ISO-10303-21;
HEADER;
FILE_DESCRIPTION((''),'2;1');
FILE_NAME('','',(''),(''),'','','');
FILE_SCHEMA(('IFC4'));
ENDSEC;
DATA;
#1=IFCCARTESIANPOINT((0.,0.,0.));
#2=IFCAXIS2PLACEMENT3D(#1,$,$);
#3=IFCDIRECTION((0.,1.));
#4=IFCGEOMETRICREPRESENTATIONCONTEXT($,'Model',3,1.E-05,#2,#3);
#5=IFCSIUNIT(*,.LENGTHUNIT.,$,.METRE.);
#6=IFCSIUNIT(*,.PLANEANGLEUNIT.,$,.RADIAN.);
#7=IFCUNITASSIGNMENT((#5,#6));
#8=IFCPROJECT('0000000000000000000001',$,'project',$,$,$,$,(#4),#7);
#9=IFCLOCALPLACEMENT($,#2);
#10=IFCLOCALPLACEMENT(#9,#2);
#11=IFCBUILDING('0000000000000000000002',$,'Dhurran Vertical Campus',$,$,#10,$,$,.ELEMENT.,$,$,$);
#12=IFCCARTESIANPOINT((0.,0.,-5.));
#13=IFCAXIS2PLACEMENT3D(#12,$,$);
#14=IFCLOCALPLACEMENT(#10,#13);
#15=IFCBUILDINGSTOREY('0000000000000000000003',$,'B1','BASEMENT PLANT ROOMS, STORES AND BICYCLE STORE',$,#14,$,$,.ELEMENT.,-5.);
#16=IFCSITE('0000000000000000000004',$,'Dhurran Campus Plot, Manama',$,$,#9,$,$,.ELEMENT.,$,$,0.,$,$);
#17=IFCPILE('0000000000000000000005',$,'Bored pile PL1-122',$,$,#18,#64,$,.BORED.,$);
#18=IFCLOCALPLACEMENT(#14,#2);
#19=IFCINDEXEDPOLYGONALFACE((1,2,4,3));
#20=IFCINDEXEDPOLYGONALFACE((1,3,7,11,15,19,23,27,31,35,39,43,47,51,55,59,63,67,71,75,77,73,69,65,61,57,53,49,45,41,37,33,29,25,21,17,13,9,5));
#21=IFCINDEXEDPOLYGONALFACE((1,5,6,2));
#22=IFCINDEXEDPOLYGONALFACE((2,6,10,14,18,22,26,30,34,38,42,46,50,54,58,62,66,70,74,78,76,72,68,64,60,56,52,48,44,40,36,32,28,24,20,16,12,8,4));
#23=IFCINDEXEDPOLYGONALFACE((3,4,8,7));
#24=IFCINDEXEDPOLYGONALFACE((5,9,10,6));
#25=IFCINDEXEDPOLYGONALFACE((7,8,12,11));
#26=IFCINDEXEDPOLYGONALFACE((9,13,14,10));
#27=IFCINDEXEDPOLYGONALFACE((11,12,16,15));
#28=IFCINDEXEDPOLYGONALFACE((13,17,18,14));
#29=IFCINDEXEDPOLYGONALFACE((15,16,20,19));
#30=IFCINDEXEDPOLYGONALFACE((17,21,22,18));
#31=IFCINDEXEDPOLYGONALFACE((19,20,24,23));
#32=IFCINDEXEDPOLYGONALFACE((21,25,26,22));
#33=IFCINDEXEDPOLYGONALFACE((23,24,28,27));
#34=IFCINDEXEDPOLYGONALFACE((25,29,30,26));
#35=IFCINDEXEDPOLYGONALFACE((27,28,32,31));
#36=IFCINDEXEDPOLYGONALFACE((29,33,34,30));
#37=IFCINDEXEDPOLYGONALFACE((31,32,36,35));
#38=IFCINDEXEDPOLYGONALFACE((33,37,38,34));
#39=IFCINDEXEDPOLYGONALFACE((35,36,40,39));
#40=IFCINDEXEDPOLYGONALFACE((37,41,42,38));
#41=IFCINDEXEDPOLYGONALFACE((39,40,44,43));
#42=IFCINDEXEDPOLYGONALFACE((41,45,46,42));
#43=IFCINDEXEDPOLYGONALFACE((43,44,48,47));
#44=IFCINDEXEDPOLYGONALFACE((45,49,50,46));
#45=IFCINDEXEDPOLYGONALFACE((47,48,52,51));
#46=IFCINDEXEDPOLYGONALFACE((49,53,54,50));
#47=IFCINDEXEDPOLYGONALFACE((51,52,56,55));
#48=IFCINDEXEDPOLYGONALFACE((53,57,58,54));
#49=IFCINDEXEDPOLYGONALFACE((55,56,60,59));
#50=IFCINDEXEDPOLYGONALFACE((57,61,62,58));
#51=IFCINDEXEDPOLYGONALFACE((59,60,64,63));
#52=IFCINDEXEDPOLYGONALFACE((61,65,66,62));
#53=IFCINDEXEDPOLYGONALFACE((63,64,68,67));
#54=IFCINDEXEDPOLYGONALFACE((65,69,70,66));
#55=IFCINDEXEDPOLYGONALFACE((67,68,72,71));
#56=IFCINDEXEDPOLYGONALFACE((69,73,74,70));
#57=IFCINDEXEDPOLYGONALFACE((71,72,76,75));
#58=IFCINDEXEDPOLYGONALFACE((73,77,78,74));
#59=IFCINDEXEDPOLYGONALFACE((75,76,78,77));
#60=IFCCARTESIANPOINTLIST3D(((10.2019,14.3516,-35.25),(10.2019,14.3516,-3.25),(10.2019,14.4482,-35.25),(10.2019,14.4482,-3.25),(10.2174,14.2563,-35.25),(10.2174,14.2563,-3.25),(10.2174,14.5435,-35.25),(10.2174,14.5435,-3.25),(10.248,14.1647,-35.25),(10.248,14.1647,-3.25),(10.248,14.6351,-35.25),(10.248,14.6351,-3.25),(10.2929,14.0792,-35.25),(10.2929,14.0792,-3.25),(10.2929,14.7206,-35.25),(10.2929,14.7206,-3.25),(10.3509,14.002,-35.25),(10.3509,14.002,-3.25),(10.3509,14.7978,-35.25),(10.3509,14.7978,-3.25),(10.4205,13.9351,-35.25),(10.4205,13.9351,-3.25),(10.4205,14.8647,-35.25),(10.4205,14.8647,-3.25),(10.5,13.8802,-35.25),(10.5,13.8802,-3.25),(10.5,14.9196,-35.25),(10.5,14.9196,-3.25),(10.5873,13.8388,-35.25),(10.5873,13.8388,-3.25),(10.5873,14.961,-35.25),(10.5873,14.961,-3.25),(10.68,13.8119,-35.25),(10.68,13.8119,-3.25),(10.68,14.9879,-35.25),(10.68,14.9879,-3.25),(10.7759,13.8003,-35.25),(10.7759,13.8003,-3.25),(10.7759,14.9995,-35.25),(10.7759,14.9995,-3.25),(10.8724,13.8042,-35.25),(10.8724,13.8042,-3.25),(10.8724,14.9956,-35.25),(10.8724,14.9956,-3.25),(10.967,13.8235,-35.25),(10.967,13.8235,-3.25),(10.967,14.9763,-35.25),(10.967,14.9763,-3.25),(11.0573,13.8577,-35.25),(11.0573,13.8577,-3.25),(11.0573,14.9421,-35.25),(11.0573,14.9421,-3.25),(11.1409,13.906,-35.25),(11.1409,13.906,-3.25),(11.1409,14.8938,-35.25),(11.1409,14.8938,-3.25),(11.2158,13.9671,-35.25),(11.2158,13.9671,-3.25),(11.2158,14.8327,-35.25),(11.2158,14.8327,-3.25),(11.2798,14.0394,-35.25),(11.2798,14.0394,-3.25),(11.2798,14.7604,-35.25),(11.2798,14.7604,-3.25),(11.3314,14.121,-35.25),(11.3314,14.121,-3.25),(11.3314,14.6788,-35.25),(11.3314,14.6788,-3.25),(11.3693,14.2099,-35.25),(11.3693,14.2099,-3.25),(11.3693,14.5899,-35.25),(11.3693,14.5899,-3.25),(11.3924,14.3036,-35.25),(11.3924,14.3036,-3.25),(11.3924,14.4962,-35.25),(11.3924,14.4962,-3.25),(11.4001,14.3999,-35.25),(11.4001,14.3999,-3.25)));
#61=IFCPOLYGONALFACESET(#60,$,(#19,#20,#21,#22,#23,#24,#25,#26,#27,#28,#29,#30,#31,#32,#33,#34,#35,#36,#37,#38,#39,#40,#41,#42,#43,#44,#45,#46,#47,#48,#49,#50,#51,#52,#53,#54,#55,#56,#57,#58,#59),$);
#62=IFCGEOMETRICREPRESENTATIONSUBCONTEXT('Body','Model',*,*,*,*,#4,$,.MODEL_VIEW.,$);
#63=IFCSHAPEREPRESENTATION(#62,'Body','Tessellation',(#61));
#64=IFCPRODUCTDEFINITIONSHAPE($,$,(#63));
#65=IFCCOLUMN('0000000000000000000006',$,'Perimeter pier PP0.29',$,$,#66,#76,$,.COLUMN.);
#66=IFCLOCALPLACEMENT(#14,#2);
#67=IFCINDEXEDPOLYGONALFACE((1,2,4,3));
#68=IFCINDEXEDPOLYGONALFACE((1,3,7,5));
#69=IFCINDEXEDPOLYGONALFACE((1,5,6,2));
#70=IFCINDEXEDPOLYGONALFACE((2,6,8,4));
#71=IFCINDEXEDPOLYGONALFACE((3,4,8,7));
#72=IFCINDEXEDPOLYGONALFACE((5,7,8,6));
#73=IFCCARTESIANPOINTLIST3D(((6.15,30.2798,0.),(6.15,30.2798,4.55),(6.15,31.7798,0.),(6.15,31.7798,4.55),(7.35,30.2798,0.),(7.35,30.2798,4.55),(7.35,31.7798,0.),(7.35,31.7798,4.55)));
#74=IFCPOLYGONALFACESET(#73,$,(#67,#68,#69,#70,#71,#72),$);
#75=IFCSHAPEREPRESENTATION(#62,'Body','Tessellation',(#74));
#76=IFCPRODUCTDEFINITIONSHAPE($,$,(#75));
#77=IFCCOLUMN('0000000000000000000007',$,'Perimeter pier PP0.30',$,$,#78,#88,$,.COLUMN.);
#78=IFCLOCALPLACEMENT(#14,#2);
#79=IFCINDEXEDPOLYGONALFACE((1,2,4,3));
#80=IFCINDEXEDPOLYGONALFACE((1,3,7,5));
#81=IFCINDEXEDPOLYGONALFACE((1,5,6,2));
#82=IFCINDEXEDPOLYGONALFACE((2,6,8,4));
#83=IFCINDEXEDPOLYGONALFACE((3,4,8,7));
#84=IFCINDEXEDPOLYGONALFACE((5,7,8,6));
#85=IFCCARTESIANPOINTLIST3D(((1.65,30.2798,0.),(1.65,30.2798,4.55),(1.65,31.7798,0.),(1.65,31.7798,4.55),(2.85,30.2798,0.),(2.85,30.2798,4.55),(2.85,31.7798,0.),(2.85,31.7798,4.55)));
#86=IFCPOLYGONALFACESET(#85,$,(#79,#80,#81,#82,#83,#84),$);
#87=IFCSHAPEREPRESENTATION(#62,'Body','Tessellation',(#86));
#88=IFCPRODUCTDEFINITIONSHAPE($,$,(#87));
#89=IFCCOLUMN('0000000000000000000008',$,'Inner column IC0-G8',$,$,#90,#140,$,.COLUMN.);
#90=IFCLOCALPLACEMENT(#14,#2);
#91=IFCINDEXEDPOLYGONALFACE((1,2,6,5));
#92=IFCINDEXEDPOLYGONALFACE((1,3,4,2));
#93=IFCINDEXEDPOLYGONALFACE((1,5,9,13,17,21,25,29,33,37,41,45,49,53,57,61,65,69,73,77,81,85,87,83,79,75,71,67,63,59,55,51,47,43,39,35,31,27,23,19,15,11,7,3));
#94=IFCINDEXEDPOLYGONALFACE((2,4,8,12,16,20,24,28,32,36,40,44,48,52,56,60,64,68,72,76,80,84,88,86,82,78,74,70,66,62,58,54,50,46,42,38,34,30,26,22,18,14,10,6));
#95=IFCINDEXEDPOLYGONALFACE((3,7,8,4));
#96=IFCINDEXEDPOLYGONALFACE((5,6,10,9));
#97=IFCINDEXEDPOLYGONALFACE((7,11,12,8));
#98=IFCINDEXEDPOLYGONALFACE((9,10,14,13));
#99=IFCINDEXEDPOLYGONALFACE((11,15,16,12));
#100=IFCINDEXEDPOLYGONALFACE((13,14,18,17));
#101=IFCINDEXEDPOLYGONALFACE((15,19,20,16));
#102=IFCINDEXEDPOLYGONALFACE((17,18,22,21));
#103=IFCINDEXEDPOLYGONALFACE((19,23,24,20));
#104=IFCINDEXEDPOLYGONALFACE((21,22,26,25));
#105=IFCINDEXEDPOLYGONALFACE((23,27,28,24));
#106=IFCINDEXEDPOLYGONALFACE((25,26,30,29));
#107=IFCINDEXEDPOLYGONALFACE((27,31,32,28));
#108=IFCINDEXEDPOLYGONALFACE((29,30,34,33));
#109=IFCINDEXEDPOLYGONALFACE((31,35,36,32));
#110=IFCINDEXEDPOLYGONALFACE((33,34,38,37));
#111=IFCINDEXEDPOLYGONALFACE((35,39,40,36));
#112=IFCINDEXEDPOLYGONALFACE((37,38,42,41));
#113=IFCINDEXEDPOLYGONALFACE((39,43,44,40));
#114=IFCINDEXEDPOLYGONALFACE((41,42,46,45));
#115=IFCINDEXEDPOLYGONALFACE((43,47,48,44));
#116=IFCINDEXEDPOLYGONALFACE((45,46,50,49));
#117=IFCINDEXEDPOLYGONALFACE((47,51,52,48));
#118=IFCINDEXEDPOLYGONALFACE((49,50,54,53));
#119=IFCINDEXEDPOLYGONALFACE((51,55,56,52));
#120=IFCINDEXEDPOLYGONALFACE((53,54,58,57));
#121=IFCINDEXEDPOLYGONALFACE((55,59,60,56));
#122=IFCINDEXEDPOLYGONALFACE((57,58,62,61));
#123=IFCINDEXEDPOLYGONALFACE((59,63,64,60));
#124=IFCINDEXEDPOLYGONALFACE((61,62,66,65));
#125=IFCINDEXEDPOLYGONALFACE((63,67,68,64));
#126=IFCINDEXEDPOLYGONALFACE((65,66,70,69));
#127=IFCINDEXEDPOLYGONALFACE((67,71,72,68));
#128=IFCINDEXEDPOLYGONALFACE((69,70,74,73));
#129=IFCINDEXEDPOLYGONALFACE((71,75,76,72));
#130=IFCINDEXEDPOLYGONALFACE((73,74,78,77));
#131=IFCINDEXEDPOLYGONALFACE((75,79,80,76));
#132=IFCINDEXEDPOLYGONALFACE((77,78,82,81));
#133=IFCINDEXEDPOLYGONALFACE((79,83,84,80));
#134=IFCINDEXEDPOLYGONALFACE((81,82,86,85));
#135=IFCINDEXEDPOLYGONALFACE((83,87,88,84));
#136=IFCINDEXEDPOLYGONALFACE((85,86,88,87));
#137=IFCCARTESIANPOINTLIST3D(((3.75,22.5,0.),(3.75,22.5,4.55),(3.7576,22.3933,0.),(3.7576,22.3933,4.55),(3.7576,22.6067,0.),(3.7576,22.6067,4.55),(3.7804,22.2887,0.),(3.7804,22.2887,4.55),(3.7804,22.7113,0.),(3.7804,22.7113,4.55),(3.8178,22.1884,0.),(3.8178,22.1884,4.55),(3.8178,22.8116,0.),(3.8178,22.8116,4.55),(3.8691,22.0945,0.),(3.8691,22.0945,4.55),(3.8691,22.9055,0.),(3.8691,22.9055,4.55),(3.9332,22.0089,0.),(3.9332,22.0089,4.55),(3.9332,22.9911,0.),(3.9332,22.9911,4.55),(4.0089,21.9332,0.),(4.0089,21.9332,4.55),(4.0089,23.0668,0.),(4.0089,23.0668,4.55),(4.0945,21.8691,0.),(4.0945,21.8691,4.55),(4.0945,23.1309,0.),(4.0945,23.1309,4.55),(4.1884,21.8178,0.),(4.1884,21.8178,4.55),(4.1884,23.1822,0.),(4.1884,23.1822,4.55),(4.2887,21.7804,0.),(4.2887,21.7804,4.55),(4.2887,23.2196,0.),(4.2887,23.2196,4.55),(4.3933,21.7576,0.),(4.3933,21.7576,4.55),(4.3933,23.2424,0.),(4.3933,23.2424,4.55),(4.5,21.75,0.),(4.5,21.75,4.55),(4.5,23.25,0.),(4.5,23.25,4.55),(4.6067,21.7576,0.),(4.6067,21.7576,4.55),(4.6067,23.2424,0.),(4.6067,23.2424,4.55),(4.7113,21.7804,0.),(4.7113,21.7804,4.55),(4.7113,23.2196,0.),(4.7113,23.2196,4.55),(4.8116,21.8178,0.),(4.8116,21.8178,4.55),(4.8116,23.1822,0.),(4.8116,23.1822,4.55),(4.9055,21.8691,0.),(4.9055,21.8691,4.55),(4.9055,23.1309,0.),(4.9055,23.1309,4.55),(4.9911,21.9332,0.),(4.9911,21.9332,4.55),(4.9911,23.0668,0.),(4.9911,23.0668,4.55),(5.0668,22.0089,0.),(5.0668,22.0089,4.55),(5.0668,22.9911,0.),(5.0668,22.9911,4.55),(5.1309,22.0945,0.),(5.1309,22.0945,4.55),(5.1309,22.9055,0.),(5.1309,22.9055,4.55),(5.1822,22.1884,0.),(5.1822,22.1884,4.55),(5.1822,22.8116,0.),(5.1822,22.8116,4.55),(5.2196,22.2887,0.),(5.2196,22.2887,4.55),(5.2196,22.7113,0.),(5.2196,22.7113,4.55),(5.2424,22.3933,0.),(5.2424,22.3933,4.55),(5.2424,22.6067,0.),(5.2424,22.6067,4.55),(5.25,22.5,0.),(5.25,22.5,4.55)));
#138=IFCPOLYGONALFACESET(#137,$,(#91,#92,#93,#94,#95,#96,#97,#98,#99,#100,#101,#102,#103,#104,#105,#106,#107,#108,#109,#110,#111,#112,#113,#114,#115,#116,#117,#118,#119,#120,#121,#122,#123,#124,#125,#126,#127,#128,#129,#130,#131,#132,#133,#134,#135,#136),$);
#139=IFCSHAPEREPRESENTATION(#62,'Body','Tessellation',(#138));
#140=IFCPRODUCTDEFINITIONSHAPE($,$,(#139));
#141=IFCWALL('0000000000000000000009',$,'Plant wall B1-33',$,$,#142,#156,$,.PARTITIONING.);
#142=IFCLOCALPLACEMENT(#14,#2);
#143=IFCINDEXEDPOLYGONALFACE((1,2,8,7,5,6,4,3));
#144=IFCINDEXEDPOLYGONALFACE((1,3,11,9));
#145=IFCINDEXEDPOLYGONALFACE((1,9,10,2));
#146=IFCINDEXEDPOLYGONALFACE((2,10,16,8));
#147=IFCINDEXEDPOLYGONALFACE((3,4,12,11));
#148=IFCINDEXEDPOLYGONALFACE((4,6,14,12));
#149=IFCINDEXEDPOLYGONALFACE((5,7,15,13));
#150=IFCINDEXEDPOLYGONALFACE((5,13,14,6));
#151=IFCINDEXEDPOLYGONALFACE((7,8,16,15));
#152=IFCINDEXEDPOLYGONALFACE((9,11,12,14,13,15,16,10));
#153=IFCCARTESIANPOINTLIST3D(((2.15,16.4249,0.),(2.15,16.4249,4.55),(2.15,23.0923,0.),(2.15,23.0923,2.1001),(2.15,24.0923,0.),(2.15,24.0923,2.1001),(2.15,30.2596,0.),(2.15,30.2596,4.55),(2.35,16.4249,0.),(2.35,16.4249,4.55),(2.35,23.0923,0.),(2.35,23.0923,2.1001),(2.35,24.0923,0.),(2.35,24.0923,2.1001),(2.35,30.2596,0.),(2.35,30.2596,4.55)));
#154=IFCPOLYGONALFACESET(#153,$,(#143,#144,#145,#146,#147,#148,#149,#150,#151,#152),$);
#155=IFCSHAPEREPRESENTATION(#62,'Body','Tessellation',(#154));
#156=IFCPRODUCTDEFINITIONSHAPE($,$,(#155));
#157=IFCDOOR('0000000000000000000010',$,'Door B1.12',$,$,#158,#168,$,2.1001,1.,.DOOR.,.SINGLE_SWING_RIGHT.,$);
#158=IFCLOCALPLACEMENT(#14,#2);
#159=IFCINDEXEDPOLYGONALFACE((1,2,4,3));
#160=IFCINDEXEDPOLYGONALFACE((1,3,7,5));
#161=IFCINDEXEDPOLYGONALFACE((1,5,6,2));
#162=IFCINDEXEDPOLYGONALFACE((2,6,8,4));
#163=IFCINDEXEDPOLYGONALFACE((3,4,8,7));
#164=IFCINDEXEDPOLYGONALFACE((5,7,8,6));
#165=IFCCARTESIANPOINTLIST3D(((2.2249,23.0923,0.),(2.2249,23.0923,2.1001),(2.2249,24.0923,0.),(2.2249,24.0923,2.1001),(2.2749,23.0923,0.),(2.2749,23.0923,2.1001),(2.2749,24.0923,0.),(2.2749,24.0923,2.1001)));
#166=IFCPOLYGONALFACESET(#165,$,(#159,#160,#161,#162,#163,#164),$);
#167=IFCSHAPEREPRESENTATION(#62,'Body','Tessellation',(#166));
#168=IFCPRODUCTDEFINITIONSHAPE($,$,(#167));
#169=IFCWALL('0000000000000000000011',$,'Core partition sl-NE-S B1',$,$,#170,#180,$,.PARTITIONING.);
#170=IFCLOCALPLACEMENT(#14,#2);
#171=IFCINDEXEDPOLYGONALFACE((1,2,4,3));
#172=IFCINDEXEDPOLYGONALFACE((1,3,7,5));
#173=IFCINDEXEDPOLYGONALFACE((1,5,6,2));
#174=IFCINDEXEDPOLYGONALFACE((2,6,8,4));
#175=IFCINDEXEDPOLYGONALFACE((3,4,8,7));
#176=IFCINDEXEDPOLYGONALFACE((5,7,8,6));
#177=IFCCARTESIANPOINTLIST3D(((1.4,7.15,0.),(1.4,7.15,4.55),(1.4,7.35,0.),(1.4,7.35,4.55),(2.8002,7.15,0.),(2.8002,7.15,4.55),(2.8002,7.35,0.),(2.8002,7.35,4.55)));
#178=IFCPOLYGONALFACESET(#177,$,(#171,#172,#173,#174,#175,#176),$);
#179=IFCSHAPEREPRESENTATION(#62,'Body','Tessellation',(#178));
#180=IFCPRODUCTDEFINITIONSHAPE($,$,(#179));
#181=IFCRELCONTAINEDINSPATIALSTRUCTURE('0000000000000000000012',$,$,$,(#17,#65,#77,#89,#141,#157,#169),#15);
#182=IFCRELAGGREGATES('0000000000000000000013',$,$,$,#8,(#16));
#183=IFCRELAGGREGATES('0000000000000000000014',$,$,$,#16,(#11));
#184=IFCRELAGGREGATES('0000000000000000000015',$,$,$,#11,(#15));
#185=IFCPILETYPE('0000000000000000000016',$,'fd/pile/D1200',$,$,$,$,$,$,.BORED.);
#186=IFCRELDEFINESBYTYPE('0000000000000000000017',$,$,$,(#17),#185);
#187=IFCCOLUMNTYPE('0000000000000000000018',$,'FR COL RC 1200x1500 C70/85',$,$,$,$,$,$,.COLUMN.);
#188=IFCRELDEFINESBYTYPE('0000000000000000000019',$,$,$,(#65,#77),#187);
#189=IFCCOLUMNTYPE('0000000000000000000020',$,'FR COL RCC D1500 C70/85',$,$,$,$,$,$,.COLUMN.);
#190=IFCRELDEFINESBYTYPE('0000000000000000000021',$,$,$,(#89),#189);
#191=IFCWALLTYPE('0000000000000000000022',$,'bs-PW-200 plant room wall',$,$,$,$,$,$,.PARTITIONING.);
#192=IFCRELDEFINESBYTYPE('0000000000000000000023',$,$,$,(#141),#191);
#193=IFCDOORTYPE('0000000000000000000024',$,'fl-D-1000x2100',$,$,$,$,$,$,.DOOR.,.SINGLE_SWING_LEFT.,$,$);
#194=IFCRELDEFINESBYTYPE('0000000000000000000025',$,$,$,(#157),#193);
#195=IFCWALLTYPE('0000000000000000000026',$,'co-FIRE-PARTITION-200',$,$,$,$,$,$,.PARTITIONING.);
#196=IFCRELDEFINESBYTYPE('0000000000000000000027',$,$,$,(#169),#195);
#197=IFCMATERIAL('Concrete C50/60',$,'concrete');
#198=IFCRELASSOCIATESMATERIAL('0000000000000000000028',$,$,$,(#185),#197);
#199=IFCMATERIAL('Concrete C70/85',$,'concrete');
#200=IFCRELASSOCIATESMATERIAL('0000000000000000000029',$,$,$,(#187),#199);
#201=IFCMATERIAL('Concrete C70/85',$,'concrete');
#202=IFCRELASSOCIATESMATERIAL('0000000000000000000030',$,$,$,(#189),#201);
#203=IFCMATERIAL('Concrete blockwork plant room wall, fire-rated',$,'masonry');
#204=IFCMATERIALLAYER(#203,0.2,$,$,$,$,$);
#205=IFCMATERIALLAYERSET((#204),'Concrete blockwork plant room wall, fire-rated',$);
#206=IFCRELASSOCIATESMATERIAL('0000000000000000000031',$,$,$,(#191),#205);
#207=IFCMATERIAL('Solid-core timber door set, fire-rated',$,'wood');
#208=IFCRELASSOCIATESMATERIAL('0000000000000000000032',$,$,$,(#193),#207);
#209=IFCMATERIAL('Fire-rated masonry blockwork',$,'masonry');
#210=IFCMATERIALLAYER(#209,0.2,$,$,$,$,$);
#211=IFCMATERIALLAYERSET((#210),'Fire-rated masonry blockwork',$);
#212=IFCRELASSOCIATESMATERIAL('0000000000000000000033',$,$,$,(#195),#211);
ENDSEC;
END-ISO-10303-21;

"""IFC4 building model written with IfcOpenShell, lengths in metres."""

from ifc_helpers import new_model, si_unit, direction, frame, frame_2d, origin, origin_2d, place, context, subcontext, project, spatial, rectangle, circle, extrude, material, layer, layer_set, material_profile, profile_set, type_object, element, fill, save


model = new_model("IFC4")

# Units and contexts
model_context = context("Model", 3, precision=1e-05, world=origin(), true_north=direction((0.0, 1.0)))
body_context = subcontext(model_context, "Body", "Model", "MODEL_VIEW")
ifc_project = project(units=[si_unit("LENGTHUNIT", "METRE"), si_unit("PLANEANGLEUNIT", "RADIAN")], contexts=[model_context])

# Site, building, storey
site_placement = place(None, origin())
site = spatial("IfcSite", under=ifc_project, at=site_placement, Name="Dhurran Campus Plot, Manama", CompositionType="ELEMENT", RefElevation=0.0)
building_placement = place(site_placement, origin())
building = spatial("IfcBuilding", under=site, at=building_placement, Name="Dhurran Vertical Campus", CompositionType="ELEMENT")
storey_placement = place(building_placement, frame((0.0, 0.0, -5.0)))
storey = spatial("IfcBuildingStorey", under=building, at=storey_placement, Name="B1", Description="BASEMENT PLANT ROOMS, STORES AND BICYCLE STORE", CompositionType="ELEMENT", Elevation=-5.0)

# Pile
ifc_material_1 = material(Name="Concrete C50/60", Category="concrete")
ifc_material_profile_1 = material_profile(ifc_material_1, circle(Radius=0.6001, at=origin_2d()), Name="fd/pile/D1200")
ifc_profile_set_1 = profile_set([ifc_material_profile_1], Name="Concrete C50/60")
pile_type = type_object("IfcPileType", Name="fd/pile/D1200", PredefinedType="BORED", material=ifc_profile_set_1)
for number, where, z_axis, x_axis, name in (
    (1, (10.8, 14.3999, -3.25), (0.0, 0.0, -1.0), (1.0, 0.0, 0.0), "Bored pile PL1-122"),
):
    element("IfcPile", number, at=place(storey_placement, frame(where, z_axis=z_axis, x_axis=x_axis)), inside=storey, type_object=pile_type, Name=name, PredefinedType="BORED", context=body_context, shape_type="SweptSolid", body=[
        extrude(circle(Radius=0.6001, at=origin_2d()), origin(), (0.0, 0.0, 1.0), 32.0),
    ])

# Columns
ifc_material_2 = material(Name="Concrete C70/85", Category="concrete")
ifc_material_profile_2 = material_profile(ifc_material_2, rectangle(XDim=1.2, YDim=1.5, at=origin_2d()), Name="RC 1200x1500")
ifc_profile_set_2 = profile_set([ifc_material_profile_2], Name="Concrete C70/85")
column_type_1 = type_object("IfcColumnType", Name="FR COL RC 1200x1500 C70/85", PredefinedType="COLUMN", material=ifc_profile_set_2)
for number, where, z_axis, x_axis, name in (
    (2, (6.75, 31.0298, 0.0), (0.0, 0.0, 1.0), (-1.0, 0.0, 0.0), "Perimeter pier PP0.29"),
    (3, (2.25, 31.0298, 0.0), (0.0, 0.0, 1.0), (-1.0, 0.0, 0.0), "Perimeter pier PP0.30"),
):
    element("IfcColumn", number, at=place(storey_placement, frame(where, z_axis=z_axis, x_axis=x_axis)), inside=storey, type_object=column_type_1, Name=name, PredefinedType="COLUMN", context=body_context, shape_type="SweptSolid", body=[
        extrude(rectangle(XDim=1.2, YDim=1.5, at=origin_2d()), origin(), (0.0, 0.0, 1.0), 4.55),
    ])
ifc_material_3 = material(Name="Concrete C70/85", Category="concrete")
ifc_material_profile_3 = material_profile(ifc_material_3, circle(Radius=0.75, at=origin_2d()), Name="RCC D1500")
ifc_profile_set_3 = profile_set([ifc_material_profile_3], Name="Concrete C70/85")
column_type_2 = type_object("IfcColumnType", Name="FR COL RCC D1500 C70/85", PredefinedType="COLUMN", material=ifc_profile_set_3)
column_placement = place(storey_placement, frame((4.5, 22.5, 0.0), z_axis=(0.0, 0.0, 1.0), x_axis=(1.0, 0.0, 0.0)))
element("IfcColumn", 4, at=column_placement, inside=storey, type_object=column_type_2, Name="Inner column IC0-G8", PredefinedType="COLUMN", context=body_context, shape_type="SweptSolid", body=[
    extrude(circle(Radius=0.75, at=origin_2d()), origin(), (0.0, 0.0, 1.0), 4.55),
])

# Wall, opening, door
ifc_material_4 = material(Name="Concrete blockwork plant room wall, fire-rated", Category="masonry")
ifc_layer_1 = layer(ifc_material_4, 0.2)
ifc_layer_set_1 = layer_set([ifc_layer_1], Name="Concrete blockwork plant room wall, fire-rated")
wall_type_1 = type_object("IfcWallType", Name="bs-PW-200 plant room wall", PredefinedType="PARTITIONING", material=ifc_layer_set_1)
wall_1_placement = place(storey_placement, frame((2.25, 30.2598, 0.0), z_axis=(0.0, 0.0, 1.0), x_axis=(0.0, -1.0, 0.0)))
wall_1 = element("IfcWall", 5, at=wall_1_placement, inside=storey, type_object=wall_type_1, Name="Plant wall B1-33", PredefinedType="PARTITIONING", context=body_context, shape_type="SweptSolid", body=[
    extrude(rectangle(XDim=13.8347, YDim=0.2, at=frame_2d((6.9175, 0.0))), origin(), (0.0, 0.0, 1.0), 4.55),
])
opening_1_placement = place(wall_1_placement, frame((6.1675, 0.0, 0.0)))
opening_1 = element("IfcOpeningElement", 6, at=opening_1_placement, cuts=wall_1, PredefinedType="OPENING", context=body_context, shape_type="SweptSolid", body=[
    extrude(rectangle(XDim=1.0, YDim=2.1001, at=frame_2d((0.5, 1.05))), frame((0.0, 0.1099, 0.0), z_axis=(0.0, -1.0, 0.0), x_axis=(1.0, 0.0, 0.0)), (0.0, 0.0, 1.0), 0.22),
])
ifc_material_5 = material(Name="Solid-core timber door set, fire-rated", Category="wood")
door_type_1 = type_object("IfcDoorType", Name="fl-D-1000x2100", OperationType="SINGLE_SWING_LEFT", PredefinedType="DOOR", material=ifc_material_5)
door_1_placement = place(opening_1_placement, origin())
door_1 = element("IfcDoor", 7, at=door_1_placement, inside=storey, type_object=door_type_1, Name="Door B1.12", OperationType="SINGLE_SWING_RIGHT", OverallHeight=2.1001, OverallWidth=1.0, PredefinedType="DOOR", context=body_context, shape_type="SweptSolid", body=[
    extrude(rectangle(XDim=1.0, YDim=2.1001, at=frame_2d((0.5, 1.05))), frame((0.0, 0.0249, 0.0), z_axis=(0.0, -1.0, 0.0), x_axis=(1.0, 0.0, 0.0)), (0.0, 0.0, 1.0), 0.05),
])
fill(opening_1, door_1)

# Wall
ifc_material_6 = material(Name="Fire-rated masonry blockwork", Category="masonry")
ifc_layer_2 = layer(ifc_material_6, 0.2)
ifc_layer_set_2 = layer_set([ifc_layer_2], Name="Fire-rated masonry blockwork")
wall_type_2 = type_object("IfcWallType", Name="co-FIRE-PARTITION-200", PredefinedType="PARTITIONING", material=ifc_layer_set_2)
for number, where, z_axis, x_axis, name in (
    (8, (1.3999, 7.25, 0.0), (0.0, 0.0, 1.0), (1.0, 0.0, 0.0), "Core partition sl-NE-S B1"),
):
    element("IfcWall", number, at=place(storey_placement, frame(where, z_axis=z_axis, x_axis=x_axis)), inside=storey, type_object=wall_type_2, Name=name, PredefinedType="PARTITIONING", context=body_context, shape_type="SweptSolid", body=[
        extrude(rectangle(XDim=1.4001, YDim=0.2, at=frame_2d((0.7002, 0.0))), origin(), (0.0, 0.0, 1.0), 4.55),
    ])

save(model, "model.ifc")
